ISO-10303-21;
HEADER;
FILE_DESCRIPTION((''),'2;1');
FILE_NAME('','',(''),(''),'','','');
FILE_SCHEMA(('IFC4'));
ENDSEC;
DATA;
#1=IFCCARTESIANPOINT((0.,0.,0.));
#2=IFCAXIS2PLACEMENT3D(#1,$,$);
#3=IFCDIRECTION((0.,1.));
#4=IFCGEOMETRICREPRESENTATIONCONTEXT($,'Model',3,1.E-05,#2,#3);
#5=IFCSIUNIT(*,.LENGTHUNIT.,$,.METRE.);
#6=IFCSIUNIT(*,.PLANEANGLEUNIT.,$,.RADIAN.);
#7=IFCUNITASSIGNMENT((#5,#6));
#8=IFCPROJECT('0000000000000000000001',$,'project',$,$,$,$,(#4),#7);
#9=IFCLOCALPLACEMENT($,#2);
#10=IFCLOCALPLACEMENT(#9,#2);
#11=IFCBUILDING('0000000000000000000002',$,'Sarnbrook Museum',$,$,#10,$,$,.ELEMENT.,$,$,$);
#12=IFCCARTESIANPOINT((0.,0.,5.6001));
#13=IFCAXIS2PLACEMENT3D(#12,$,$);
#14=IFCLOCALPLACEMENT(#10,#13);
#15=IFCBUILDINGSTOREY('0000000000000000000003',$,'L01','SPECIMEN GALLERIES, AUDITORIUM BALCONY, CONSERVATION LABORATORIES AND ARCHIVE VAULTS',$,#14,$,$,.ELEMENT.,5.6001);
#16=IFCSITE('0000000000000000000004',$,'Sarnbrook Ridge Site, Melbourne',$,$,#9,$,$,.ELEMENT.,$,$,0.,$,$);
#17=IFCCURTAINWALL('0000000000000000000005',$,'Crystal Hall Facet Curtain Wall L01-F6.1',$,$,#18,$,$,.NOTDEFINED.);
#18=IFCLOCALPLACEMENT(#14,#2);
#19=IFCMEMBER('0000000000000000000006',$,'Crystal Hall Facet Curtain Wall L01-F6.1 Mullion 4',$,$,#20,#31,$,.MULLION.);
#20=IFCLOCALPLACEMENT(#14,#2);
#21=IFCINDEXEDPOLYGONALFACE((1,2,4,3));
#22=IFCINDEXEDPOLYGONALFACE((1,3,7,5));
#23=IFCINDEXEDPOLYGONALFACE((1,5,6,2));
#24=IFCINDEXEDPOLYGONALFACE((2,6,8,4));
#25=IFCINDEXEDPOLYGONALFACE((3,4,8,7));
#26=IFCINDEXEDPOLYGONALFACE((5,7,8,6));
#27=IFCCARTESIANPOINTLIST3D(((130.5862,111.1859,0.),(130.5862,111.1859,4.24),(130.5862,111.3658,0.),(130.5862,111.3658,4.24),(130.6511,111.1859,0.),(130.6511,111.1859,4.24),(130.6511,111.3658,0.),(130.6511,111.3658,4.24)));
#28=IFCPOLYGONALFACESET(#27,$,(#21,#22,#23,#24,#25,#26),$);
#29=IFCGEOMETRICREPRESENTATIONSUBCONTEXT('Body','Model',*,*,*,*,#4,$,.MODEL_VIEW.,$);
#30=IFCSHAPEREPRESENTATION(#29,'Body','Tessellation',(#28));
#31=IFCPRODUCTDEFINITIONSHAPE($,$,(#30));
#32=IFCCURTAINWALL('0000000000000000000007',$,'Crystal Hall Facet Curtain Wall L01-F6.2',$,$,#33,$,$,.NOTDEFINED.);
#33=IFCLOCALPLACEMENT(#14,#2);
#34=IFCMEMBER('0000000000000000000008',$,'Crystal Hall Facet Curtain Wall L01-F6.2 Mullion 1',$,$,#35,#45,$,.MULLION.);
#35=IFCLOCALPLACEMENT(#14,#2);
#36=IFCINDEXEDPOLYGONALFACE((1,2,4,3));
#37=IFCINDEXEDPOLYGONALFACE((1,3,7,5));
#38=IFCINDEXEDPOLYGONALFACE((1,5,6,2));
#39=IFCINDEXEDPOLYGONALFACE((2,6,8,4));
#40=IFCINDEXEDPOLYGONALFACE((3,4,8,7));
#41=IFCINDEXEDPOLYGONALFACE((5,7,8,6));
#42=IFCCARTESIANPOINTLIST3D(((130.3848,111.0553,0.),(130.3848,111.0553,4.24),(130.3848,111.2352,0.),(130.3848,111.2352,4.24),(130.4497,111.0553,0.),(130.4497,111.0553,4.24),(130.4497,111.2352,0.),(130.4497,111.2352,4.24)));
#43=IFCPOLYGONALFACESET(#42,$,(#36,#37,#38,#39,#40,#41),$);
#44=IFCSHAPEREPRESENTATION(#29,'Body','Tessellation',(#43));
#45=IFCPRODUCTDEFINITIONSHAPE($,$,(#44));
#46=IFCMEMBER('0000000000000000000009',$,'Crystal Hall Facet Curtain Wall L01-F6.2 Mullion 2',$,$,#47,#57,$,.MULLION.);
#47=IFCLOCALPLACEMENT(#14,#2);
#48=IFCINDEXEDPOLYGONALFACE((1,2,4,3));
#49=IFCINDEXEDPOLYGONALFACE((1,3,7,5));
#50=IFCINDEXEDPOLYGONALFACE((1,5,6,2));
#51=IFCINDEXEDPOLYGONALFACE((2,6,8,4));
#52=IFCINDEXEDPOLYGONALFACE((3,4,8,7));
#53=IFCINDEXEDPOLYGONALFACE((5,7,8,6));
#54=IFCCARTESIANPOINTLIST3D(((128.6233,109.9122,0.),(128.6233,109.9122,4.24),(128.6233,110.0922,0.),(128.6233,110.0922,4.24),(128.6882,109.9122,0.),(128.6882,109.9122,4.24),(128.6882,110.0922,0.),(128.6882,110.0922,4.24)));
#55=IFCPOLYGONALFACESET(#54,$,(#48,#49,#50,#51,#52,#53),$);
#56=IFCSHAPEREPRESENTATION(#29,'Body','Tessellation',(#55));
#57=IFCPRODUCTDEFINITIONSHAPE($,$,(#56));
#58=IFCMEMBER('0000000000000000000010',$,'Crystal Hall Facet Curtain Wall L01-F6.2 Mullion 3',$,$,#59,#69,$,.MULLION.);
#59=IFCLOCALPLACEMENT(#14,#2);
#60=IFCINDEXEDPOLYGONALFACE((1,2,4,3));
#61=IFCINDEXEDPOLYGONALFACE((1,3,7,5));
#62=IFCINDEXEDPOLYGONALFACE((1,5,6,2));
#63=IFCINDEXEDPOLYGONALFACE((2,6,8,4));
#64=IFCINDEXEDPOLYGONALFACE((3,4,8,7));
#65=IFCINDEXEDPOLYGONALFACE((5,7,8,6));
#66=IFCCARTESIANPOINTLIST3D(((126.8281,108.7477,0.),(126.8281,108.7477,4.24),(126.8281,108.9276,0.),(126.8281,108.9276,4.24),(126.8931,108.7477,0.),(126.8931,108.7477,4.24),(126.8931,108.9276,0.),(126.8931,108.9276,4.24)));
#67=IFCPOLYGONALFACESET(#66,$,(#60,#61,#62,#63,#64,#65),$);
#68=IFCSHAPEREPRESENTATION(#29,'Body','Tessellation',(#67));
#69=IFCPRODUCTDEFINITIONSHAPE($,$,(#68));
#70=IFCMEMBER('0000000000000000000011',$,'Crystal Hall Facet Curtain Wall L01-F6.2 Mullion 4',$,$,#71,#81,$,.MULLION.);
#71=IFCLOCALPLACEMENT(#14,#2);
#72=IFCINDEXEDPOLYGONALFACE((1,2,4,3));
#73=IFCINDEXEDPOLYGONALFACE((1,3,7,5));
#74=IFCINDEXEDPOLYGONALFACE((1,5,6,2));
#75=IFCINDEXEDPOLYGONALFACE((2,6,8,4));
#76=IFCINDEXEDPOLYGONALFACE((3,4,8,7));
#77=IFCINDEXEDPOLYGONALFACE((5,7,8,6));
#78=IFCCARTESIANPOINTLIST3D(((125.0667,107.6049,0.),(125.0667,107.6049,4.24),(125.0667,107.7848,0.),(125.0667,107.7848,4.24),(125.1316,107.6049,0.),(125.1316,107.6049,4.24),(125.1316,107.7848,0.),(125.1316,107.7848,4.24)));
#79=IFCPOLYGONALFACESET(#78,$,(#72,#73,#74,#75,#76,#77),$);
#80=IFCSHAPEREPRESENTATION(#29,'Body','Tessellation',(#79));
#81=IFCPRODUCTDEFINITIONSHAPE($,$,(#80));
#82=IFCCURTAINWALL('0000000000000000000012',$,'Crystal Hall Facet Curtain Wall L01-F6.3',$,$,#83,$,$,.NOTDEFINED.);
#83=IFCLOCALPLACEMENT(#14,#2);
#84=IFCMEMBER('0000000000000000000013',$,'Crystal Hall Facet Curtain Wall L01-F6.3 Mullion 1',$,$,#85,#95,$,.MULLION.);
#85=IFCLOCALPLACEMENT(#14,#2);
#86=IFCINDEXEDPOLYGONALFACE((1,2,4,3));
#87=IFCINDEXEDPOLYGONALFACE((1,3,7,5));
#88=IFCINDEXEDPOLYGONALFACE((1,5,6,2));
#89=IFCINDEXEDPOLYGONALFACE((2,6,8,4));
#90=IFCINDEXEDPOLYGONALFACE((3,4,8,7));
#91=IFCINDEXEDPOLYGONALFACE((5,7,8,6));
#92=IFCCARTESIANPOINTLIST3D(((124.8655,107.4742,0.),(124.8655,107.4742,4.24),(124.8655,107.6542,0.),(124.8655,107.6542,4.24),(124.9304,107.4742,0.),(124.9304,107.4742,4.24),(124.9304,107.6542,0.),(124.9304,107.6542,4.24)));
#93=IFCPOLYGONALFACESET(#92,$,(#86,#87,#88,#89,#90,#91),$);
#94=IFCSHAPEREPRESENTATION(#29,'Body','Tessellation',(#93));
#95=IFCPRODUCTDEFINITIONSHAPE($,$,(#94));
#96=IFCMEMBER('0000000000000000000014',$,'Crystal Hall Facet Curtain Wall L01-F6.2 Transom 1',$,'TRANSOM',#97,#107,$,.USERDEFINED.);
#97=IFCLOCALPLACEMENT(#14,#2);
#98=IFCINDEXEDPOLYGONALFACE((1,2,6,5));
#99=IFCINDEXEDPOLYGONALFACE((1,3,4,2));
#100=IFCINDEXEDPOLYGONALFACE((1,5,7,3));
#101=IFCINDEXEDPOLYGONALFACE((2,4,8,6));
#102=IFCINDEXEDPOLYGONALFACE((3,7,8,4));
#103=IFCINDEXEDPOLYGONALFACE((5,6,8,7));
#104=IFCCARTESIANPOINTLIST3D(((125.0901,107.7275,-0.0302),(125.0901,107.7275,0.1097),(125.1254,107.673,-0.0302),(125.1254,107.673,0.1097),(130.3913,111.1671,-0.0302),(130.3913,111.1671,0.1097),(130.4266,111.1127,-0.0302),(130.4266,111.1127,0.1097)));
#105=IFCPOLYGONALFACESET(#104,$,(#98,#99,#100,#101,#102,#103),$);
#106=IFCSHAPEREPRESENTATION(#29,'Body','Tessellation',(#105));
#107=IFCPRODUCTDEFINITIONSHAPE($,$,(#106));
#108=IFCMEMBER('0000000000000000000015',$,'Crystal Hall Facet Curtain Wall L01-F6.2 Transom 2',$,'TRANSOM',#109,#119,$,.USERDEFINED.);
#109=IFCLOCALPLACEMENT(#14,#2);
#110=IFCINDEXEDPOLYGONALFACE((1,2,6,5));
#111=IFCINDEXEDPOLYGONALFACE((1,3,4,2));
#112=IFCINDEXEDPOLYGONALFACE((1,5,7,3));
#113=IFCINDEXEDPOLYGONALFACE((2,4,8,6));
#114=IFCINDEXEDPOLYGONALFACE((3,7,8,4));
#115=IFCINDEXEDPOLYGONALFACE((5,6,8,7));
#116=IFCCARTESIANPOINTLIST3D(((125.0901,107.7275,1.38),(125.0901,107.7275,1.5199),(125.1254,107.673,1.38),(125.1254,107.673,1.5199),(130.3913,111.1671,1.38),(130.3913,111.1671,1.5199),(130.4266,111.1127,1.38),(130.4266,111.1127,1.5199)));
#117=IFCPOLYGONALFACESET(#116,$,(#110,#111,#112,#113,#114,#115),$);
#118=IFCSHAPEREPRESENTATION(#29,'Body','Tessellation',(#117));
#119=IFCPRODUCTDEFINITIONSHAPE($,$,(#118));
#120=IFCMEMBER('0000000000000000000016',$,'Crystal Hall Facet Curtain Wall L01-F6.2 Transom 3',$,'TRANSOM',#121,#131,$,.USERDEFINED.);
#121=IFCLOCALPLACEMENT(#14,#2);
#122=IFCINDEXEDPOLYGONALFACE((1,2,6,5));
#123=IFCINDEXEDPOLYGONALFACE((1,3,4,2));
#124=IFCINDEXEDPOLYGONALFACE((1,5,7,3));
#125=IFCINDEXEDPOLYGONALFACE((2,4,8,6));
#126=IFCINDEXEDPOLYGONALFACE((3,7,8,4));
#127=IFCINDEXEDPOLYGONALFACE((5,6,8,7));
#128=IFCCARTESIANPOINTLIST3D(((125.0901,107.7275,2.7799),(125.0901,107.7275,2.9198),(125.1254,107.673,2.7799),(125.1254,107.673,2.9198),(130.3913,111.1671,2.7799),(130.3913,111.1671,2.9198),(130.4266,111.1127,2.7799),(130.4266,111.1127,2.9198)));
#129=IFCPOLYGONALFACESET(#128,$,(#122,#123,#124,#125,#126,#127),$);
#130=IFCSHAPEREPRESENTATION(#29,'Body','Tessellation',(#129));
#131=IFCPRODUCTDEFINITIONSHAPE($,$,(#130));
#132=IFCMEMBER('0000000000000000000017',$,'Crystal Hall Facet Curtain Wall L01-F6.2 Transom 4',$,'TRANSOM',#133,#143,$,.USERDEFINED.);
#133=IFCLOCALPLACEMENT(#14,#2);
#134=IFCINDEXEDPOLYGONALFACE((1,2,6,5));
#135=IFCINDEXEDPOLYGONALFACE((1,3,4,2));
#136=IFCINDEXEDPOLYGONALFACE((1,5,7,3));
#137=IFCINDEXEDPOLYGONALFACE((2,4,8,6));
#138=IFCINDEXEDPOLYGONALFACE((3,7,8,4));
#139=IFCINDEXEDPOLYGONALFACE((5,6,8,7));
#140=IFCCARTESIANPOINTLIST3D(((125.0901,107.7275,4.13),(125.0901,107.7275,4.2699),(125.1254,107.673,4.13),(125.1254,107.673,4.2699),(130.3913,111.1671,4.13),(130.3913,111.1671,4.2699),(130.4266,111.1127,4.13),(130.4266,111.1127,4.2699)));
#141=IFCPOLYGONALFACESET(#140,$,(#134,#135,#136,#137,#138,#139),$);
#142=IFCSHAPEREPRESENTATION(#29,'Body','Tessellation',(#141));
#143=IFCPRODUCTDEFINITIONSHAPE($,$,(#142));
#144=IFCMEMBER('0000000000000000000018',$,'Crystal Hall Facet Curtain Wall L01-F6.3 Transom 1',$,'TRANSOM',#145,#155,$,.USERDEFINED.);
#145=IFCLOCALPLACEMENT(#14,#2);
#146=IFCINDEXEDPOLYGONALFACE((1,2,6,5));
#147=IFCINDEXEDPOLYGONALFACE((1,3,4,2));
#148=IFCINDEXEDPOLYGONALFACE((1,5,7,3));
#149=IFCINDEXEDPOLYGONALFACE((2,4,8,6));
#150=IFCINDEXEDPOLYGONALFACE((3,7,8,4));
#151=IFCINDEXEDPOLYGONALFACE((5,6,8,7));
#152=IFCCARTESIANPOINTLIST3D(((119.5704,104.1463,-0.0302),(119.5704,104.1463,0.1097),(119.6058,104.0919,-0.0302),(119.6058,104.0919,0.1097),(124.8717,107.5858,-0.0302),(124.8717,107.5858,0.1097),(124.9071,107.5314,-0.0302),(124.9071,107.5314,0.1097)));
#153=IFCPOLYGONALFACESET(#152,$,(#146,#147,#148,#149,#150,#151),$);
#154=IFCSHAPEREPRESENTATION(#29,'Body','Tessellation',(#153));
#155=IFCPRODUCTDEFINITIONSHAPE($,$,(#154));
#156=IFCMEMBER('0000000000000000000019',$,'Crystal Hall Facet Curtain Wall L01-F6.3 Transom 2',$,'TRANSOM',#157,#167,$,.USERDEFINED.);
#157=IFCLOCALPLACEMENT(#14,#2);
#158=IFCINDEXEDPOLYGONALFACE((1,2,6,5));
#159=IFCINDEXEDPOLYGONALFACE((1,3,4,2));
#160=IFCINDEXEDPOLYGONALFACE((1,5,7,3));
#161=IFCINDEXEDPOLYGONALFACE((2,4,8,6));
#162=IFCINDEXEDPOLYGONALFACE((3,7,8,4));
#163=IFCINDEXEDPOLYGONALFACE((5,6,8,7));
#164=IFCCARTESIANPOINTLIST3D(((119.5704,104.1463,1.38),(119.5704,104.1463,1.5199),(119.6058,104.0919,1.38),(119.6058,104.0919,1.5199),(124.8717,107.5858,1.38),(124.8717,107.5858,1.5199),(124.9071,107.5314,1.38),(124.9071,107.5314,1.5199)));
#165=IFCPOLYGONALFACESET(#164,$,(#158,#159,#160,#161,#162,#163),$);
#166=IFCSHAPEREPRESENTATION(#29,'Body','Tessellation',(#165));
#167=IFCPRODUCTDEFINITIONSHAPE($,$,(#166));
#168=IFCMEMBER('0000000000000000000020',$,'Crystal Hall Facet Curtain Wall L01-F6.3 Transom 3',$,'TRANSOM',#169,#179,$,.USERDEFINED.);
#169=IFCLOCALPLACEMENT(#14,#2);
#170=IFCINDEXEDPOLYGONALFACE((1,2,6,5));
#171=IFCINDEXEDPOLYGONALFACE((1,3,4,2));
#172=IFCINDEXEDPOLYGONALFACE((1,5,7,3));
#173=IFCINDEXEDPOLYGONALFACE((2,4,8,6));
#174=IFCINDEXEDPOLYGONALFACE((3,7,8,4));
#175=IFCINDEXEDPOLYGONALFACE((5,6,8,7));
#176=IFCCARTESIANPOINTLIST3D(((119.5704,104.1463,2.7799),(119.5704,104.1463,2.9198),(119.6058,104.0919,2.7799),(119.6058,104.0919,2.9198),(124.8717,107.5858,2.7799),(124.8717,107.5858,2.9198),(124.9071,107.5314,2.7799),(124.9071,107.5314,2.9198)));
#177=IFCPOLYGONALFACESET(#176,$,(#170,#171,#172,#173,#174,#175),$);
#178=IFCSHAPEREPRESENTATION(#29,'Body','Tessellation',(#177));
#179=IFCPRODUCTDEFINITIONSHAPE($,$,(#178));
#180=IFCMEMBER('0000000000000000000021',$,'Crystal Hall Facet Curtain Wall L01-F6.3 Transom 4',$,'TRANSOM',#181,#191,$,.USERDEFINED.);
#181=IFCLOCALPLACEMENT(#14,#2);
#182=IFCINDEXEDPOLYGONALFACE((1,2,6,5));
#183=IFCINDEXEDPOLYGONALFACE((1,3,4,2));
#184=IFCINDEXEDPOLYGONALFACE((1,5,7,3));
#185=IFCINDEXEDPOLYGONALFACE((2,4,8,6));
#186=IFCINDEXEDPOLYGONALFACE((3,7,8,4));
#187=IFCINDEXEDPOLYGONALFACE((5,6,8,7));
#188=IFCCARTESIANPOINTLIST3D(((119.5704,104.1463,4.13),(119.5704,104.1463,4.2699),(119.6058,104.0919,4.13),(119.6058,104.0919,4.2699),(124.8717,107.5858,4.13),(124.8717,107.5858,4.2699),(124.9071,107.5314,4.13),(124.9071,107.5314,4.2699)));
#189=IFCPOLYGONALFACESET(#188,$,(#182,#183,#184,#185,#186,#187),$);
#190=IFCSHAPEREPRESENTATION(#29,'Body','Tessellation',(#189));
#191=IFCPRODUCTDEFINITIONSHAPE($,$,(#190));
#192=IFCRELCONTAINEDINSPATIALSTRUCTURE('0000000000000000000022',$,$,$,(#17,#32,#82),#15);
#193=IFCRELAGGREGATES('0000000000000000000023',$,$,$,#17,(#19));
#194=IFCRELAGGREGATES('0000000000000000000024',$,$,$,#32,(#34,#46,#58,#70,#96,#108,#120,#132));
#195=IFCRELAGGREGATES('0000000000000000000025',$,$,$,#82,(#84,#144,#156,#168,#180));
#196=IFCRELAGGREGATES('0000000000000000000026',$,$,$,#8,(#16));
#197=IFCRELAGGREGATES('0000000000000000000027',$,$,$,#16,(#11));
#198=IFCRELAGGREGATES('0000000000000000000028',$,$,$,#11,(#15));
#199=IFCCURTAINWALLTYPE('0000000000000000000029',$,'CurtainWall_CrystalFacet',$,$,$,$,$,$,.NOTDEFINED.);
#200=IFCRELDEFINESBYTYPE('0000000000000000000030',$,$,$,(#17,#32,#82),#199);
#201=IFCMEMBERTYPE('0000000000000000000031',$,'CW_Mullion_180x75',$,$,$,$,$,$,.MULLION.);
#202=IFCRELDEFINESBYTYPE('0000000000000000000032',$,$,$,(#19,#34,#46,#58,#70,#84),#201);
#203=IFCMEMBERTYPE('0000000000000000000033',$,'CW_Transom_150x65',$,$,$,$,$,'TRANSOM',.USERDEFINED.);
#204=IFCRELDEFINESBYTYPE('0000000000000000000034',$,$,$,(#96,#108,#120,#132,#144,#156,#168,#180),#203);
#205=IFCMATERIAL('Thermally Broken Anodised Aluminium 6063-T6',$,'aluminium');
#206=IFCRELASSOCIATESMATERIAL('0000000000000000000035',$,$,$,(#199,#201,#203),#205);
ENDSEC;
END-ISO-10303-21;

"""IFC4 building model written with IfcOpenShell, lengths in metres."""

from ifc_helpers import new_model, si_unit, direction, frame, origin, origin_2d, place, context, subcontext, project, spatial, rectangle, extrude, material, material_profile, profile_set, type_object, element, aggregate, save


model = new_model("IFC4")

# Units and contexts
model_context = context("Model", 3, precision=1e-05, world=origin(), true_north=direction((0.0, 1.0)))
body_context = subcontext(model_context, "Body", "Model", "MODEL_VIEW")
ifc_project = project(units=[si_unit("LENGTHUNIT", "METRE"), si_unit("PLANEANGLEUNIT", "RADIAN")], contexts=[model_context])

# Site, building, storey
site_placement = place(None, origin())
site = spatial("IfcSite", under=ifc_project, at=site_placement, Name="Sarnbrook Ridge Site, Melbourne", CompositionType="ELEMENT", RefElevation=0.0)
building_placement = place(site_placement, origin())
building = spatial("IfcBuilding", under=site, at=building_placement, Name="Sarnbrook Museum", CompositionType="ELEMENT")
storey_placement = place(building_placement, frame((0.0, 0.0, 5.6001)))
storey = spatial("IfcBuildingStorey", under=building, at=storey_placement, Name="L01", Description="SPECIMEN GALLERIES, AUDITORIUM BALCONY, CONSERVATION LABORATORIES AND ARCHIVE VAULTS", CompositionType="ELEMENT", Elevation=5.6001)

# Curtain wall, member
ifc_material_1 = material(Name="Thermally Broken Anodised Aluminium 6063-T6", Category="aluminium")
curtain_wall_type = type_object("IfcCurtainWallType", Name="CurtainWall_CrystalFacet", PredefinedType="NOTDEFINED", material=ifc_material_1)
curtain_wall_1_placement = place(storey_placement, origin())
curtain_wall_1 = element("IfcCurtainWall", 1, at=curtain_wall_1_placement, inside=storey, type_object=curtain_wall_type, Name="Crystal Hall Facet Curtain Wall L01-F6.1", PredefinedType="NOTDEFINED")
ifc_material_profile_1 = material_profile(ifc_material_1, rectangle(XDim=0.0649, YDim=0.1799, at=origin_2d()), Name="ALU MULLION 65x180")
ifc_profile_set_1 = profile_set([ifc_material_profile_1], Name="Thermally Broken Anodised Aluminium 6063-T6")
member_type_1 = type_object("IfcMemberType", Name="CW_Mullion_180x75", PredefinedType="MULLION", material=ifc_profile_set_1)
member_1_placement = place(storey_placement, frame((130.6187, 111.2759, 0.0), z_axis=(0.0, 0.0, 1.0), x_axis=(1.0, 0.0, 0.0)))
member_1 = element("IfcMember", 2, at=member_1_placement, type_object=member_type_1, Name="Crystal Hall Facet Curtain Wall L01-F6.1 Mullion 4", PredefinedType="MULLION", context=body_context, shape_type="SweptSolid", body=[
    extrude(rectangle(XDim=0.0649, YDim=0.1799, at=origin_2d()), origin(), (0.0, 0.0, 1.0), 4.24),
])

# Curtain wall, members
curtain_wall_2_placement = place(storey_placement, origin())
curtain_wall_2 = element("IfcCurtainWall", 3, at=curtain_wall_2_placement, inside=storey, type_object=curtain_wall_type, Name="Crystal Hall Facet Curtain Wall L01-F6.2", PredefinedType="NOTDEFINED")
member_2_placement = place(storey_placement, frame((130.4172, 111.1453, 0.0), z_axis=(0.0, 0.0, 1.0), x_axis=(1.0, 0.0, 0.0)))
member_2 = element("IfcMember", 4, at=member_2_placement, type_object=member_type_1, Name="Crystal Hall Facet Curtain Wall L01-F6.2 Mullion 1", PredefinedType="MULLION", context=body_context, shape_type="SweptSolid", body=[
    extrude(rectangle(XDim=0.0649, YDim=0.1799, at=origin_2d()), origin(), (0.0, 0.0, 1.0), 4.24),
])
member_3_placement = place(storey_placement, frame((128.6558, 110.0022, 0.0), z_axis=(0.0, 0.0, 1.0), x_axis=(1.0, 0.0, 0.0)))
member_3 = element("IfcMember", 5, at=member_3_placement, type_object=member_type_1, Name="Crystal Hall Facet Curtain Wall L01-F6.2 Mullion 2", PredefinedType="MULLION", context=body_context, shape_type="SweptSolid", body=[
    extrude(rectangle(XDim=0.0649, YDim=0.1799, at=origin_2d()), origin(), (0.0, 0.0, 1.0), 4.24),
])
member_4_placement = place(storey_placement, frame((126.8606, 108.8376, 0.0), z_axis=(0.0, 0.0, 1.0), x_axis=(1.0, 0.0, 0.0)))
member_4 = element("IfcMember", 6, at=member_4_placement, type_object=member_type_1, Name="Crystal Hall Facet Curtain Wall L01-F6.2 Mullion 3", PredefinedType="MULLION", context=body_context, shape_type="SweptSolid", body=[
    extrude(rectangle(XDim=0.0649, YDim=0.1799, at=origin_2d()), origin(), (0.0, 0.0, 1.0), 4.24),
])
member_5_placement = place(storey_placement, frame((125.0991, 107.6948, 0.0), z_axis=(0.0, 0.0, 1.0), x_axis=(1.0, 0.0, 0.0)))
member_5 = element("IfcMember", 7, at=member_5_placement, type_object=member_type_1, Name="Crystal Hall Facet Curtain Wall L01-F6.2 Mullion 4", PredefinedType="MULLION", context=body_context, shape_type="SweptSolid", body=[
    extrude(rectangle(XDim=0.0649, YDim=0.1799, at=origin_2d()), origin(), (0.0, 0.0, 1.0), 4.24),
])

# Curtain wall, member
curtain_wall_3_placement = place(storey_placement, origin())
curtain_wall_3 = element("IfcCurtainWall", 8, at=curtain_wall_3_placement, inside=storey, type_object=curtain_wall_type, Name="Crystal Hall Facet Curtain Wall L01-F6.3", PredefinedType="NOTDEFINED")
member_6_placement = place(storey_placement, frame((124.8979, 107.5642, 0.0), z_axis=(0.0, 0.0, 1.0), x_axis=(1.0, 0.0, 0.0)))
member_6 = element("IfcMember", 9, at=member_6_placement, type_object=member_type_1, Name="Crystal Hall Facet Curtain Wall L01-F6.3 Mullion 1", PredefinedType="MULLION", context=body_context, shape_type="SweptSolid", body=[
    extrude(rectangle(XDim=0.0649, YDim=0.1799, at=origin_2d()), origin(), (0.0, 0.0, 1.0), 4.24),
])

# Members
ifc_material_profile_2 = material_profile(ifc_material_1, rectangle(XDim=0.0649, YDim=0.1399, at=origin_2d()), Name="ALU TRANSOM 65x140")
ifc_profile_set_2 = profile_set([ifc_material_profile_2], Name="Thermally Broken Anodised Aluminium 6063-T6")
member_type_2 = type_object("IfcMemberType", Name="CW_Transom_150x65", ElementType="TRANSOM", PredefinedType="USERDEFINED", material=ifc_profile_set_2)
member_7_placement = place(storey_placement, frame((130.4089, 111.1399, 0.0398), z_axis=(-0.838886, -0.544306, 0.0), x_axis=(0.544306, -0.838886, 0.0)))
member_7 = element("IfcMember", 10, at=member_7_placement, type_object=member_type_2, Name="Crystal Hall Facet Curtain Wall L01-F6.2 Transom 1", ObjectType="TRANSOM", PredefinedType="USERDEFINED", context=body_context, shape_type="SweptSolid", body=[
    extrude(rectangle(XDim=0.0649, YDim=0.1399, at=origin_2d()), origin(), (0.0, 0.0, 1.0), 6.3193),
])
member_8_placement = place(storey_placement, frame((130.4089, 111.1399, 1.45), z_axis=(-0.838886, -0.544306, 0.0), x_axis=(0.544306, -0.838886, 0.0)))
member_8 = element("IfcMember", 11, at=member_8_placement, type_object=member_type_2, Name="Crystal Hall Facet Curtain Wall L01-F6.2 Transom 2", ObjectType="TRANSOM", PredefinedType="USERDEFINED", context=body_context, shape_type="SweptSolid", body=[
    extrude(rectangle(XDim=0.0649, YDim=0.1399, at=origin_2d()), origin(), (0.0, 0.0, 1.0), 6.3193),
])
member_9_placement = place(storey_placement, frame((130.4089, 111.1399, 2.8499), z_axis=(-0.838886, -0.544306, 0.0), x_axis=(0.544306, -0.838886, 0.0)))
member_9 = element("IfcMember", 12, at=member_9_placement, type_object=member_type_2, Name="Crystal Hall Facet Curtain Wall L01-F6.2 Transom 3", ObjectType="TRANSOM", PredefinedType="USERDEFINED", context=body_context, shape_type="SweptSolid", body=[
    extrude(rectangle(XDim=0.0649, YDim=0.1399, at=origin_2d()), origin(), (0.0, 0.0, 1.0), 6.3193),
])
member_10_placement = place(storey_placement, frame((130.4089, 111.1399, 4.2), z_axis=(-0.838886, -0.544306, 0.0), x_axis=(0.544306, -0.838886, 0.0)))
member_10 = element("IfcMember", 13, at=member_10_placement, type_object=member_type_2, Name="Crystal Hall Facet Curtain Wall L01-F6.2 Transom 4", ObjectType="TRANSOM", PredefinedType="USERDEFINED", context=body_context, shape_type="SweptSolid", body=[
    extrude(rectangle(XDim=0.0649, YDim=0.1399, at=origin_2d()), origin(), (0.0, 0.0, 1.0), 6.3193),
])
member_11_placement = place(storey_placement, frame((124.8894, 107.5586, 0.0398), z_axis=(-0.838904, -0.544279, 0.0), x_axis=(0.544279, -0.838904, 0.0)))
member_11 = element("IfcMember", 14, at=member_11_placement, type_object=member_type_2, Name="Crystal Hall Facet Curtain Wall L01-F6.3 Transom 1", ObjectType="TRANSOM", PredefinedType="USERDEFINED", context=body_context, shape_type="SweptSolid", body=[
    extrude(rectangle(XDim=0.0649, YDim=0.1399, at=origin_2d()), origin(), (0.0, 0.0, 1.0), 6.3193),
])
member_12_placement = place(storey_placement, frame((124.8894, 107.5586, 1.45), z_axis=(-0.838904, -0.544279, 0.0), x_axis=(0.544279, -0.838904, 0.0)))
member_12 = element("IfcMember", 15, at=member_12_placement, type_object=member_type_2, Name="Crystal Hall Facet Curtain Wall L01-F6.3 Transom 2", ObjectType="TRANSOM", PredefinedType="USERDEFINED", context=body_context, shape_type="SweptSolid", body=[
    extrude(rectangle(XDim=0.0649, YDim=0.1399, at=origin_2d()), origin(), (0.0, 0.0, 1.0), 6.3193),
])
member_13_placement = place(storey_placement, frame((124.8894, 107.5586, 2.8499), z_axis=(-0.838904, -0.544279, 0.0), x_axis=(0.544279, -0.838904, 0.0)))
member_13 = element("IfcMember", 16, at=member_13_placement, type_object=member_type_2, Name="Crystal Hall Facet Curtain Wall L01-F6.3 Transom 3", ObjectType="TRANSOM", PredefinedType="USERDEFINED", context=body_context, shape_type="SweptSolid", body=[
    extrude(rectangle(XDim=0.0649, YDim=0.1399, at=origin_2d()), origin(), (0.0, 0.0, 1.0), 6.3193),
])
member_14_placement = place(storey_placement, frame((124.8894, 107.5586, 4.2), z_axis=(-0.838904, -0.544279, 0.0), x_axis=(0.544279, -0.838904, 0.0)))
member_14 = element("IfcMember", 17, at=member_14_placement, type_object=member_type_2, Name="Crystal Hall Facet Curtain Wall L01-F6.3 Transom 4", ObjectType="TRANSOM", PredefinedType="USERDEFINED", context=body_context, shape_type="SweptSolid", body=[
    extrude(rectangle(XDim=0.0649, YDim=0.1399, at=origin_2d()), origin(), (0.0, 0.0, 1.0), 6.3193),
])

aggregate(curtain_wall_1, [member_1])
aggregate(curtain_wall_2, [member_2, member_3, member_4, member_5, member_7, member_8, member_9, member_10])
aggregate(curtain_wall_3, [member_6, member_11, member_12, member_13, member_14])

save(model, "model.ifc")
